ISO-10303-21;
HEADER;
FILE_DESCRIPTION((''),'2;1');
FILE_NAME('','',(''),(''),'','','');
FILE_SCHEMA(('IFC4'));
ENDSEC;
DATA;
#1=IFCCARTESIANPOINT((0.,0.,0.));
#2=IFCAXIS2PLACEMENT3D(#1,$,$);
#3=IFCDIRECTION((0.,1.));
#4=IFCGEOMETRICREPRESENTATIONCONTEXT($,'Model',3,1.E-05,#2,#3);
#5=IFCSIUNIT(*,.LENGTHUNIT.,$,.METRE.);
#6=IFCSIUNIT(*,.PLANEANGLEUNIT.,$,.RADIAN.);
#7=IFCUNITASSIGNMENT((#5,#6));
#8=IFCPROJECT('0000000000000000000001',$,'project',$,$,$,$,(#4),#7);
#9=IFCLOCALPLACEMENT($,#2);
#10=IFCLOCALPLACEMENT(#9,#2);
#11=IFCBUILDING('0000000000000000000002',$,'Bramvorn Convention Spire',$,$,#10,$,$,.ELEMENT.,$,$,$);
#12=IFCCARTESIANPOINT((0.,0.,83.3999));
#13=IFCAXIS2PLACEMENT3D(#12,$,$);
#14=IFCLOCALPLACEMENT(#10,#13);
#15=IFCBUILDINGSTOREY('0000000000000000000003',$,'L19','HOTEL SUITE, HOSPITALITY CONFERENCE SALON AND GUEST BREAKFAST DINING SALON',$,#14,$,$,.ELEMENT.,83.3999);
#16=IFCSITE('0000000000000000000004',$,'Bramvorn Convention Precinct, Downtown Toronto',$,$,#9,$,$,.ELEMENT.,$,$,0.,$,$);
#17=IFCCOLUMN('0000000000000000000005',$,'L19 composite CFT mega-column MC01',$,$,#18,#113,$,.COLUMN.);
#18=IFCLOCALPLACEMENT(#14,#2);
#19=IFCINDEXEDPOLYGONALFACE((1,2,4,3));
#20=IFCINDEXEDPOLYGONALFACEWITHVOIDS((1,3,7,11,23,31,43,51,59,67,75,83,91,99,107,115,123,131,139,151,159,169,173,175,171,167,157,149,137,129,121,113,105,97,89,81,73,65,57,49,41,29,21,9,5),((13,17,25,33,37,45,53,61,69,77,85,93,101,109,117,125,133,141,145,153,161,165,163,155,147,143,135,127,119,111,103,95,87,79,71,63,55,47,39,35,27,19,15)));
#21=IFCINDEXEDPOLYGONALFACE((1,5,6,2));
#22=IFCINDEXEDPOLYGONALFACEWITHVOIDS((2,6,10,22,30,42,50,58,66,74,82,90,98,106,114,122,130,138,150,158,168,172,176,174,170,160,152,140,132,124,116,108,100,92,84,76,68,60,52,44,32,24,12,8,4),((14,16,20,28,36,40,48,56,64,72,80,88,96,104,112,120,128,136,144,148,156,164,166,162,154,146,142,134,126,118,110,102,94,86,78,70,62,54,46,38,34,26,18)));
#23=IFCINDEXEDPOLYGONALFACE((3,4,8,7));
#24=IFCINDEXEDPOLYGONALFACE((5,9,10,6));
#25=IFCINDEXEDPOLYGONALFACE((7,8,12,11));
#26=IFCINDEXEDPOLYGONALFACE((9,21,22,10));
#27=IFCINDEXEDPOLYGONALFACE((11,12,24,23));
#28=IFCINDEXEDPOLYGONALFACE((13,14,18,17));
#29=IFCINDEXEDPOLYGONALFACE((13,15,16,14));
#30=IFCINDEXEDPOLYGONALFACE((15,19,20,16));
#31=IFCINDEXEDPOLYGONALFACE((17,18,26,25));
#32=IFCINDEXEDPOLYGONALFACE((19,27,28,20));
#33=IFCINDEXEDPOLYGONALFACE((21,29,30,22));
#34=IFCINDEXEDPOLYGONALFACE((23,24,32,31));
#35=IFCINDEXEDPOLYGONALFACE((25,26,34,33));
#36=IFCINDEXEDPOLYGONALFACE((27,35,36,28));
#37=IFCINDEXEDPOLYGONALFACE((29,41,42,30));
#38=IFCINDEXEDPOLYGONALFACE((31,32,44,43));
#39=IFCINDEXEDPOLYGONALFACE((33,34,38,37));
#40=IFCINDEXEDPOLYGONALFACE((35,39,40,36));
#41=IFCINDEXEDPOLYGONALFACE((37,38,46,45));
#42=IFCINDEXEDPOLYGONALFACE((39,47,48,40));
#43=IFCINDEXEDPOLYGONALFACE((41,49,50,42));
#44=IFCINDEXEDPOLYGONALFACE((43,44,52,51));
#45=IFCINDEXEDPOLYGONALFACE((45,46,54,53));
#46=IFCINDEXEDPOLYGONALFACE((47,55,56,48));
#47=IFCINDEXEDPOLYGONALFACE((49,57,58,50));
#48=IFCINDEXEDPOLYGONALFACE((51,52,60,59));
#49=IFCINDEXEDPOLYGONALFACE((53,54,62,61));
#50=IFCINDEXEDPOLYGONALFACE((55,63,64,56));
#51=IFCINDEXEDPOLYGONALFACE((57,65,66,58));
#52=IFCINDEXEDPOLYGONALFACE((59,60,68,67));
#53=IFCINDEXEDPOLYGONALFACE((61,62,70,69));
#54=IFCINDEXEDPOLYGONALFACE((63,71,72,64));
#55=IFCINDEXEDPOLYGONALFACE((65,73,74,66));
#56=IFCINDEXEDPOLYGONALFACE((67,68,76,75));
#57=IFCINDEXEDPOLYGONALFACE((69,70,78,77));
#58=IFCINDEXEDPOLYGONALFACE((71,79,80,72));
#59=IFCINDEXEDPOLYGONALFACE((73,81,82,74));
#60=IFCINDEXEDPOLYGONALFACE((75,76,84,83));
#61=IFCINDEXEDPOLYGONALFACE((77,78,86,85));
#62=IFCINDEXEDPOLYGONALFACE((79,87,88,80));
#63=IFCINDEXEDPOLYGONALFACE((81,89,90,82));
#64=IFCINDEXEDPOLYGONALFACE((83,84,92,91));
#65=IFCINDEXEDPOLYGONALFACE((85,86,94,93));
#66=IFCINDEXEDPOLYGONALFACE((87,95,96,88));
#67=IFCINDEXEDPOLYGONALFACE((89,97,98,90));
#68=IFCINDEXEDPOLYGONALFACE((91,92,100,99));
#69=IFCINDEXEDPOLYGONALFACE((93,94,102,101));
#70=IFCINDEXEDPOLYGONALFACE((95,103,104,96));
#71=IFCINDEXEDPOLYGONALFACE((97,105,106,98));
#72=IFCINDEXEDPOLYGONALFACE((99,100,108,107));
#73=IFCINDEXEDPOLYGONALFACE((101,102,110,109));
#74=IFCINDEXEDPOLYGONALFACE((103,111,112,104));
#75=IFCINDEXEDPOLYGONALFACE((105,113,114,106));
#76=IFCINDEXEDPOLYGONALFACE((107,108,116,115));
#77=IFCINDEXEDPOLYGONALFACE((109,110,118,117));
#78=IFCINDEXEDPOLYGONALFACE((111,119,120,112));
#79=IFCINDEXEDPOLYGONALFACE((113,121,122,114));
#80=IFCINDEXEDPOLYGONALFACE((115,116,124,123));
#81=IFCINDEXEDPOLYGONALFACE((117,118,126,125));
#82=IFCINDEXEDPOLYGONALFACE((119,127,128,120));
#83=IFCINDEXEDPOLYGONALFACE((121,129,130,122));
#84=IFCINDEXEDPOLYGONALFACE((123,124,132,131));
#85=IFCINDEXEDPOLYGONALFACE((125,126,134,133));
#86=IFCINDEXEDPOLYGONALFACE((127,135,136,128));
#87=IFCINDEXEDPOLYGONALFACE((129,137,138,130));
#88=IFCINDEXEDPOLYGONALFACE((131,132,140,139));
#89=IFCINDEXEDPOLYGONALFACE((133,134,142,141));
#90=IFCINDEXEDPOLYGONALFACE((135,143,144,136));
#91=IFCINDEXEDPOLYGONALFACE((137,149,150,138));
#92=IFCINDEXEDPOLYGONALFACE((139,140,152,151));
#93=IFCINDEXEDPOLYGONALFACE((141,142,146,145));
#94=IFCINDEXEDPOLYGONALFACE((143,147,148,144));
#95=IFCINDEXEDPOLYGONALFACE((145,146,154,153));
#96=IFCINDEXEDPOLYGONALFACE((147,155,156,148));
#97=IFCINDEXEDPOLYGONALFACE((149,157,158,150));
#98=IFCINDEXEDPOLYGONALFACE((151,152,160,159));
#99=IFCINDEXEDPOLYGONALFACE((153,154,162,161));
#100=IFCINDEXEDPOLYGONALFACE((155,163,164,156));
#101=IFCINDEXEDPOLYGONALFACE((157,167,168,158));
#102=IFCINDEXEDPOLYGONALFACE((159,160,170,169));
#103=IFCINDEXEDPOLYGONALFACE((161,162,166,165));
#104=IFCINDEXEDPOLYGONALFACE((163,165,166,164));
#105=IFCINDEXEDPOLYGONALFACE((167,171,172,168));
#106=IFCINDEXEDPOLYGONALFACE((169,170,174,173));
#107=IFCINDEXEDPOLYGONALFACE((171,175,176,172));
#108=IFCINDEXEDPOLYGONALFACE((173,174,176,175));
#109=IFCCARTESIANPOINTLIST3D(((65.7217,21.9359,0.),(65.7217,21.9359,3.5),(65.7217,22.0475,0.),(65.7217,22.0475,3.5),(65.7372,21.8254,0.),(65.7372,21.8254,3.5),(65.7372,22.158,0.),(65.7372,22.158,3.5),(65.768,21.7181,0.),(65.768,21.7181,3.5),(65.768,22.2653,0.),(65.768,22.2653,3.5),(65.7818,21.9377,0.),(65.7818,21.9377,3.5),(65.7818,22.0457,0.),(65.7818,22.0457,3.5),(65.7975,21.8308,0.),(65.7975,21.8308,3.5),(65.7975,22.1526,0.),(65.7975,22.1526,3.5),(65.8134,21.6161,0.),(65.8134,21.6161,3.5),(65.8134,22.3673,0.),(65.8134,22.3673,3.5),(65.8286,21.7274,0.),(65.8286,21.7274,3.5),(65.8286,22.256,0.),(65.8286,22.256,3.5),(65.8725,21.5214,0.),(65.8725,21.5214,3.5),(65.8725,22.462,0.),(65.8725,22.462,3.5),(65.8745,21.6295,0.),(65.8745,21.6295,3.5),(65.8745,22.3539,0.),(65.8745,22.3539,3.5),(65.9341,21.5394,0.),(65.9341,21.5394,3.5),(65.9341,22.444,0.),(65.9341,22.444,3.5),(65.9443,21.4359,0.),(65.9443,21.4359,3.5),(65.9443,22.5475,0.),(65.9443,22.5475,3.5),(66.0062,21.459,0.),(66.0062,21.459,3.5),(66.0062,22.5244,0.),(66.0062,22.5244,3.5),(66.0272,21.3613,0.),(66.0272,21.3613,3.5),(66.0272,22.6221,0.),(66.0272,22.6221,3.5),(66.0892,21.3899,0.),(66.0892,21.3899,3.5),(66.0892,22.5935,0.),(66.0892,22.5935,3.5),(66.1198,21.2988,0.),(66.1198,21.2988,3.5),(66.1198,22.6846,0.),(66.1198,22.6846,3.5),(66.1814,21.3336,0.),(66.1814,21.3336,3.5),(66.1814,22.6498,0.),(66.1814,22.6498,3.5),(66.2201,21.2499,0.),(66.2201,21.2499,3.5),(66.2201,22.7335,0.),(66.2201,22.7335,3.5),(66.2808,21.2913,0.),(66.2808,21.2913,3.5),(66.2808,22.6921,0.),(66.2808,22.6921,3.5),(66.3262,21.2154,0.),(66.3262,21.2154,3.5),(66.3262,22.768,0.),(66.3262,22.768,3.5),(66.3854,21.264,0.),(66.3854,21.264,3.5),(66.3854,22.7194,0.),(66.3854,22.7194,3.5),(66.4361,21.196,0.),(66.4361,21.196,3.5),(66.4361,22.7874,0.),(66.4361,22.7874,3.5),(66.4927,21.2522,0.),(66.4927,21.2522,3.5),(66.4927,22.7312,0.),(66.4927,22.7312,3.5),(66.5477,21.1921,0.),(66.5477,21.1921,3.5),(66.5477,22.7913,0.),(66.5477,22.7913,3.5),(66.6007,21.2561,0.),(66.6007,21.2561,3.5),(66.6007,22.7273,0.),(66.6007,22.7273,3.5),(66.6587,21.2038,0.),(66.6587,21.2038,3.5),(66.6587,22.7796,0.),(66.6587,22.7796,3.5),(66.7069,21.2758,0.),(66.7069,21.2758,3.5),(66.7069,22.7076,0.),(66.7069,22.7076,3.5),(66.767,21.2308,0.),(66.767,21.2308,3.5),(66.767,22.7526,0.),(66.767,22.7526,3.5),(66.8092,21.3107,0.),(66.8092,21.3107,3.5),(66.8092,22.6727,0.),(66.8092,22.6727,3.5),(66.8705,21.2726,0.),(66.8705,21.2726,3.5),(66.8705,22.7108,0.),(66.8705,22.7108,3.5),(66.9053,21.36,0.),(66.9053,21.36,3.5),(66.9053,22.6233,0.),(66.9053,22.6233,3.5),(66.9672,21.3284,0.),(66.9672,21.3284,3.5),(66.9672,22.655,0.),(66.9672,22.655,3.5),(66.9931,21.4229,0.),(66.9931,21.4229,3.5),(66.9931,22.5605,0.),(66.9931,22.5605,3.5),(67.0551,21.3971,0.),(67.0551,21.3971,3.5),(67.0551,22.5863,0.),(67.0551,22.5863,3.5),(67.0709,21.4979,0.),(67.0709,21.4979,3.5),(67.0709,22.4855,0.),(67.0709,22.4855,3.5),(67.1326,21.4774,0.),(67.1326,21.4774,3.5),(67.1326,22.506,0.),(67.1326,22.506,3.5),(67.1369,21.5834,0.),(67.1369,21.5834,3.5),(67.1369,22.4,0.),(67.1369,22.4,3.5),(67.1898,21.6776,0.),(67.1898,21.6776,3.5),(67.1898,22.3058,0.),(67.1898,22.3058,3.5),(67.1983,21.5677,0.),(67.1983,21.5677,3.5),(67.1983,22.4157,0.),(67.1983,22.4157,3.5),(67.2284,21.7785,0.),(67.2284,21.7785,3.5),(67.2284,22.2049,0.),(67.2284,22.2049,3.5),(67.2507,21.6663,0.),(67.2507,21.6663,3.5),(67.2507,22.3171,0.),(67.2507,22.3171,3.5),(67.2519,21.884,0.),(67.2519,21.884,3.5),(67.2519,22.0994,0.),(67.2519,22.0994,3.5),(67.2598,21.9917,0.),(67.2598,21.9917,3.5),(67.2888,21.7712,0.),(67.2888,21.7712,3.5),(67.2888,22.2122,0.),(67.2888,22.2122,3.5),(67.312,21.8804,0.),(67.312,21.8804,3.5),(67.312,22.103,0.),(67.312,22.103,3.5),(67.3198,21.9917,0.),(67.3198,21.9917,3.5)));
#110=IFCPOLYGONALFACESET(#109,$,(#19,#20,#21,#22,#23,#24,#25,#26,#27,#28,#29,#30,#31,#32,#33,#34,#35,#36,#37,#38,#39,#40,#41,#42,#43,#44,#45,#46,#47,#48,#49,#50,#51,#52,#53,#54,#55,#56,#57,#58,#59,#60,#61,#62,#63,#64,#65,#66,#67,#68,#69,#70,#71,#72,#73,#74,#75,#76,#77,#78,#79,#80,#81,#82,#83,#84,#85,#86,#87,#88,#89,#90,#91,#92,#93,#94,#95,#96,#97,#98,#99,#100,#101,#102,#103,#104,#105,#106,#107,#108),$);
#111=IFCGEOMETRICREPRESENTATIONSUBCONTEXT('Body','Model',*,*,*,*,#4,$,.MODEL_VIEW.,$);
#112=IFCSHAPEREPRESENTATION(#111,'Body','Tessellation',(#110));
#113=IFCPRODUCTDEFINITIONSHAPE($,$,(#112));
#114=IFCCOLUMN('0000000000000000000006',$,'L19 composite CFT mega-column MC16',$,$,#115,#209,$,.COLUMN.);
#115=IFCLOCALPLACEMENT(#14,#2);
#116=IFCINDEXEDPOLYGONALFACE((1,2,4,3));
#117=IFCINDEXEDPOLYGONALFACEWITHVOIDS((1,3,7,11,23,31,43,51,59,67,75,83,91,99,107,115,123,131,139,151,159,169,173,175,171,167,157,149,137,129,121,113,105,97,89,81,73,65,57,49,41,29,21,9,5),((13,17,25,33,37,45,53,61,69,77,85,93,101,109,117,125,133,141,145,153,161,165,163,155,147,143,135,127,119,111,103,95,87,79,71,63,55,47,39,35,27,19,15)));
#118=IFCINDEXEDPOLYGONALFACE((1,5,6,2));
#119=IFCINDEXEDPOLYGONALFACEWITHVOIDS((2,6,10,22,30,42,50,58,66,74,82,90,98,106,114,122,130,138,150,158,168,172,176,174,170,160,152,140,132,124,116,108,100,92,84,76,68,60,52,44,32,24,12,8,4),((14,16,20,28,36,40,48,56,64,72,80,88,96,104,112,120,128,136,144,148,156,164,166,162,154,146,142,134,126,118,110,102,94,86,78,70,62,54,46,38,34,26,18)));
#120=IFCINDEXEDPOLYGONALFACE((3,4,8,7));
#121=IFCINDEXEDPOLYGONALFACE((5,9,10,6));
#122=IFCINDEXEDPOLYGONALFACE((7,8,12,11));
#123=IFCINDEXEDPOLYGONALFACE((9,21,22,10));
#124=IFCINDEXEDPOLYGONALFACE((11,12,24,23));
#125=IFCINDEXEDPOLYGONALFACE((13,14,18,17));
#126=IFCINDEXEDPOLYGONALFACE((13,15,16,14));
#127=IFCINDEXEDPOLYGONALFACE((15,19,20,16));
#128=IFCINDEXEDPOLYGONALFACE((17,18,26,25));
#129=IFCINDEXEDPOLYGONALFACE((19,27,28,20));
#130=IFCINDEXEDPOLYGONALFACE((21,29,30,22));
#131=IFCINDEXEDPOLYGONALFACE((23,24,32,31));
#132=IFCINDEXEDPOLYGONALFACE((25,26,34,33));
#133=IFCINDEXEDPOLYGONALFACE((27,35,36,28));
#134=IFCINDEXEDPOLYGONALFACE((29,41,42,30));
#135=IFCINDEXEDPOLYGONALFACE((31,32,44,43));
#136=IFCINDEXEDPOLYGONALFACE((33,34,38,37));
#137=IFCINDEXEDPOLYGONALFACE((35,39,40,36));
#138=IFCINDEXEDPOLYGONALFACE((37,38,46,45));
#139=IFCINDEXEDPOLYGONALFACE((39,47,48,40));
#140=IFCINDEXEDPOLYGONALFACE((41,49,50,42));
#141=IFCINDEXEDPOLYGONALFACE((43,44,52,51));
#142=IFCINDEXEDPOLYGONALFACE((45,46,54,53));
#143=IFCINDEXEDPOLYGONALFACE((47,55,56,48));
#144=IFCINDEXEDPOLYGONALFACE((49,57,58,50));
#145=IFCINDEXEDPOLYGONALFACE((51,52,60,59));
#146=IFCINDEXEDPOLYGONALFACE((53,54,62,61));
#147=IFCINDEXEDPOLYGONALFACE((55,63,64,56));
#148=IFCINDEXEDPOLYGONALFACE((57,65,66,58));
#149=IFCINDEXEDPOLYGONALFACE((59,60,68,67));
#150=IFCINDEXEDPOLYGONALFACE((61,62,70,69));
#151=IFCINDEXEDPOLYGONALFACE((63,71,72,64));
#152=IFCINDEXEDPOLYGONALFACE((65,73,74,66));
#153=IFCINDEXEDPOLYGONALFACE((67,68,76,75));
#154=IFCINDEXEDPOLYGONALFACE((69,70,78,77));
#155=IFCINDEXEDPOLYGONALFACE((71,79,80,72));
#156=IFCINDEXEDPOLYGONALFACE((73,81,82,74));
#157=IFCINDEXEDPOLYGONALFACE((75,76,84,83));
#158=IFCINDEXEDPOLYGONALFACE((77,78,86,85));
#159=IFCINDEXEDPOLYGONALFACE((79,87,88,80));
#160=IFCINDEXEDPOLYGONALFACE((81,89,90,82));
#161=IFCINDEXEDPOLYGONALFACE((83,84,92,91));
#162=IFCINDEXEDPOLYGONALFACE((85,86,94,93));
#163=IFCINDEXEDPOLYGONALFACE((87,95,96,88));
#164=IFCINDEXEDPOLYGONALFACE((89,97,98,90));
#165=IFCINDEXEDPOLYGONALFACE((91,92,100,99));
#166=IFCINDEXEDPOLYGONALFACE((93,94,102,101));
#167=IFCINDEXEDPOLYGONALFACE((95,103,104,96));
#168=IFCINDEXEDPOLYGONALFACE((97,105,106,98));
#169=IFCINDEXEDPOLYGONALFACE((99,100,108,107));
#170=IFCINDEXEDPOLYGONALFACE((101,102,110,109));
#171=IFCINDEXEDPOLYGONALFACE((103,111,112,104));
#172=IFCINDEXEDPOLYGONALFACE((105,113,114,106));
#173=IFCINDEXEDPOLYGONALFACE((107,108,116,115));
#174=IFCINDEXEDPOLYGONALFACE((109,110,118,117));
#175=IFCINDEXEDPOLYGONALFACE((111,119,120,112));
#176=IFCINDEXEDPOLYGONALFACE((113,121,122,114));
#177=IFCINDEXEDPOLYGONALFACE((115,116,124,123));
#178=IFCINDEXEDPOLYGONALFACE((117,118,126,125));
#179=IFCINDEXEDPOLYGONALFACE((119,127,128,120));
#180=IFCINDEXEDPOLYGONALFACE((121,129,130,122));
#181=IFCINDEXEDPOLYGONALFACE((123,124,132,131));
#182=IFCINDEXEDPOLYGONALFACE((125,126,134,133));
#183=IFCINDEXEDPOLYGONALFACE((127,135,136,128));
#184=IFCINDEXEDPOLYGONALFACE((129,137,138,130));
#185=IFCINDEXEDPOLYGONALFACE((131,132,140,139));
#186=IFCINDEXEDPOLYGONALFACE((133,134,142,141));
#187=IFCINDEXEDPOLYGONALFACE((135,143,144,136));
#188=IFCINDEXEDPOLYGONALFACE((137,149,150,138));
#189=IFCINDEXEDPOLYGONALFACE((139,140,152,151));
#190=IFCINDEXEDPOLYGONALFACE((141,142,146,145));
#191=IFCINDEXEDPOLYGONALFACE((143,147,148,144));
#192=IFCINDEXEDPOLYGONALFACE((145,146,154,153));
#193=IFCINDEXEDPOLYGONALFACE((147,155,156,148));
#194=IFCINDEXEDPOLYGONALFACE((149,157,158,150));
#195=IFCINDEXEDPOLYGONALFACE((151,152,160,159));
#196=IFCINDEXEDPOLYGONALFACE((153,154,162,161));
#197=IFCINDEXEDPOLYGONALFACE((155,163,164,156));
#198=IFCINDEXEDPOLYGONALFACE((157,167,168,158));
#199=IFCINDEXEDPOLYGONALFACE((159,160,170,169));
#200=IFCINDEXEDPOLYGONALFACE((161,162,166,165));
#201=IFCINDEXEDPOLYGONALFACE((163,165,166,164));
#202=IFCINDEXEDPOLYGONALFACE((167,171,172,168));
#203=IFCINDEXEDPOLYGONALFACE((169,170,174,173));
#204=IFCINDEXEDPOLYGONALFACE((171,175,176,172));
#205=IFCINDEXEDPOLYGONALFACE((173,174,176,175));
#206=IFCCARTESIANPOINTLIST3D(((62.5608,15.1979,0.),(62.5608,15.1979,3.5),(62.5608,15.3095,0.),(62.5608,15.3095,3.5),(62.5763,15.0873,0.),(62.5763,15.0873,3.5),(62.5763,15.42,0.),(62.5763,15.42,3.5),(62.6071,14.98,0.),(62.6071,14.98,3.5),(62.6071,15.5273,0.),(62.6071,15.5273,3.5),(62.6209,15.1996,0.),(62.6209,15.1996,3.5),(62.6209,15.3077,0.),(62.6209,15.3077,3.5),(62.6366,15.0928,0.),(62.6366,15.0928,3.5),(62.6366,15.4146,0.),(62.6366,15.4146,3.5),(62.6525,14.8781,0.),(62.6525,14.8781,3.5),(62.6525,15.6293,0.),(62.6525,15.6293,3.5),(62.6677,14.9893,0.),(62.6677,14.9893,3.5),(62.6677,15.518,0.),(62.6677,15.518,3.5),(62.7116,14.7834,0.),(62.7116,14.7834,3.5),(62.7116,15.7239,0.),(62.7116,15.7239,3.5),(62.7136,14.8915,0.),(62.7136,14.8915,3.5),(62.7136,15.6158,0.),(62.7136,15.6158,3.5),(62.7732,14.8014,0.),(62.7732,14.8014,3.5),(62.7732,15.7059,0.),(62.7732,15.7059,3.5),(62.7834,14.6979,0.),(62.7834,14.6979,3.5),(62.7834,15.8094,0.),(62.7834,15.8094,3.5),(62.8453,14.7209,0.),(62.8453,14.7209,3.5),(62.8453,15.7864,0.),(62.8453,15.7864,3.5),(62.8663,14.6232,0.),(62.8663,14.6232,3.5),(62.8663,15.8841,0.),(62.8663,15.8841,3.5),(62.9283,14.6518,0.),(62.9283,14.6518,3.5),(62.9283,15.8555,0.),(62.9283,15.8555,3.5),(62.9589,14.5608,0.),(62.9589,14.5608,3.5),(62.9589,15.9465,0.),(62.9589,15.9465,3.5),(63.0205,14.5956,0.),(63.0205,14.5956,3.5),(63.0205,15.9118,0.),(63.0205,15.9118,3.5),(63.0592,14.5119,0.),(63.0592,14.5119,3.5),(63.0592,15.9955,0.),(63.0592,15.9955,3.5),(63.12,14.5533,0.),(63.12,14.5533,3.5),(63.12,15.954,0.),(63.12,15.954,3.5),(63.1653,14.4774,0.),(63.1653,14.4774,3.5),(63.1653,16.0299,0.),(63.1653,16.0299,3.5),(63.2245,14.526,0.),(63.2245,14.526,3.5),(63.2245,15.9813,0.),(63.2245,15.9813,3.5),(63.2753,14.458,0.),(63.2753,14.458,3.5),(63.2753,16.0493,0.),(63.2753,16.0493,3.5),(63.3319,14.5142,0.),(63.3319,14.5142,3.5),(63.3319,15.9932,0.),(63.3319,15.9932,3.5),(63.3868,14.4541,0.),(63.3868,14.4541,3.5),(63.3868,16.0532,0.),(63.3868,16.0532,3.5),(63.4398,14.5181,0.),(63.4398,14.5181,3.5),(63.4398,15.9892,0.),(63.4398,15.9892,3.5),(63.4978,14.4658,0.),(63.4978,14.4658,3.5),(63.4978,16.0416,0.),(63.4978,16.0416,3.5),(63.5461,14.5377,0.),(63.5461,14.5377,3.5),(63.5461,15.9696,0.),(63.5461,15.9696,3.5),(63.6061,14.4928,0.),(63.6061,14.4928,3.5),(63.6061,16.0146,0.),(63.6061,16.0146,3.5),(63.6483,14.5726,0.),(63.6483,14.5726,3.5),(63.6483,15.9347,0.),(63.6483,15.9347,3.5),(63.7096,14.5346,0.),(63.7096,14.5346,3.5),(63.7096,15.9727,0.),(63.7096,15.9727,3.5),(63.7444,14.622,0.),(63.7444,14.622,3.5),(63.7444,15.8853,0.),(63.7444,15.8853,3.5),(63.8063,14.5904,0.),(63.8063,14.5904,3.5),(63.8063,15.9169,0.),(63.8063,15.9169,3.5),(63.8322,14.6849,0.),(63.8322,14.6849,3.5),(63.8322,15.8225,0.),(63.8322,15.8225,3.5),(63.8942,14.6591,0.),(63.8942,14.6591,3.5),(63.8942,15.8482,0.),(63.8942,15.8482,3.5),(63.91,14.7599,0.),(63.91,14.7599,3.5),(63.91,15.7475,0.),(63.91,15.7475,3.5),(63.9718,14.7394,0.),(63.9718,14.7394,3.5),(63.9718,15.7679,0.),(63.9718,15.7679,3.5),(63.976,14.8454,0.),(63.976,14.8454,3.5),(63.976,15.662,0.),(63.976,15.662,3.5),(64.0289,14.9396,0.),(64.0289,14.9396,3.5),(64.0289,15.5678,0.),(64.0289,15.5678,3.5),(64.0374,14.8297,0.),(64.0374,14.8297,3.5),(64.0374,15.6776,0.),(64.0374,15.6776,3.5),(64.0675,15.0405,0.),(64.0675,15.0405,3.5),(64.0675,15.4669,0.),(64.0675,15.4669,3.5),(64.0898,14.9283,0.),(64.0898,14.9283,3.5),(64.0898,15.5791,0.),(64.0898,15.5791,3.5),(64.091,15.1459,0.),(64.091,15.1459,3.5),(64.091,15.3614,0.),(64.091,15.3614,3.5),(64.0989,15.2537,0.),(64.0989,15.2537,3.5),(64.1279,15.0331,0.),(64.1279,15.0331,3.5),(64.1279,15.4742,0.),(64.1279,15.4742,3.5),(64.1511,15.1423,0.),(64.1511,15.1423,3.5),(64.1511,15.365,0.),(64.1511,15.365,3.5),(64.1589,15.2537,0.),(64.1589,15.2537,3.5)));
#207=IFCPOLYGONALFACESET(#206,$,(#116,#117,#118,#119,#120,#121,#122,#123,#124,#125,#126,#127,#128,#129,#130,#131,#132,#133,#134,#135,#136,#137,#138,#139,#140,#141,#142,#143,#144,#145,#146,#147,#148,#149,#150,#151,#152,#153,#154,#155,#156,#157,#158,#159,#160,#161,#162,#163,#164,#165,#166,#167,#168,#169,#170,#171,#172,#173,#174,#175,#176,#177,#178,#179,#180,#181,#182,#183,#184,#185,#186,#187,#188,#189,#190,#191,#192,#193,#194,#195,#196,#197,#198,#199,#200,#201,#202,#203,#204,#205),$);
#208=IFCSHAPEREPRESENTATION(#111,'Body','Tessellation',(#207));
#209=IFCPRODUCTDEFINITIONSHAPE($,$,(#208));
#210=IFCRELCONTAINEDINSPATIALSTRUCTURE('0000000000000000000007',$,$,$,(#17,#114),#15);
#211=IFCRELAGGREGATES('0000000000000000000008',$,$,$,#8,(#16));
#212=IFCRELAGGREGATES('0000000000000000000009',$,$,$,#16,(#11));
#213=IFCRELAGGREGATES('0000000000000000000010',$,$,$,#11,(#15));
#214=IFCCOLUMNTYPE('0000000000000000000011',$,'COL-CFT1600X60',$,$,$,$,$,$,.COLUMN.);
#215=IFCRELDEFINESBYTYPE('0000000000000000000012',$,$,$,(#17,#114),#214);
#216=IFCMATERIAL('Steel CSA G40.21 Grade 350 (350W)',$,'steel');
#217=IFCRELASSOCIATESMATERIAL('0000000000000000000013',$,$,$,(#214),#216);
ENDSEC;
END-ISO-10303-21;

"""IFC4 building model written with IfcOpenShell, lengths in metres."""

from ifc_helpers import new_model, si_unit, direction, frame, origin, origin_2d, place, context, subcontext, project, spatial, hollow_circle, extrude, material, material_profile, profile_set, type_object, element, save


model = new_model("IFC4")

# Units and contexts
model_context = context("Model", 3, precision=1e-05, world=origin(), true_north=direction((0.0, 1.0)))
body_context = subcontext(model_context, "Body", "Model", "MODEL_VIEW")
ifc_project = project(units=[si_unit("LENGTHUNIT", "METRE"), si_unit("PLANEANGLEUNIT", "RADIAN")], contexts=[model_context])

# Site, building, storey
site_placement = place(None, origin())
site = spatial("IfcSite", under=ifc_project, at=site_placement, Name="Bramvorn Convention Precinct, Downtown Toronto", CompositionType="ELEMENT", RefElevation=0.0)
building_placement = place(site_placement, origin())
building = spatial("IfcBuilding", under=site, at=building_placement, Name="Bramvorn Convention Spire", CompositionType="ELEMENT")
storey_placement = place(building_placement, frame((0.0, 0.0, 83.3999)))
storey = spatial("IfcBuildingStorey", under=building, at=storey_placement, Name="L19", Description="HOTEL SUITE, HOSPITALITY CONFERENCE SALON AND GUEST BREAKFAST DINING SALON", CompositionType="ELEMENT", Elevation=83.3999)

# Columns
ifc_material_1 = material(Name="Steel CSA G40.21 Grade 350 (350W)", Category="steel")
ifc_material_profile_1 = material_profile(ifc_material_1, hollow_circle(Radius=0.8, WallThickness=0.0601, at=origin_2d()))
ifc_profile_set_1 = profile_set([ifc_material_profile_1], Name="Steel CSA G40.21 Grade 350 (350W) - CFT1600X60")
column_type = type_object("IfcColumnType", Name="COL-CFT1600X60", PredefinedType="COLUMN", material=ifc_profile_set_1)
for number, where, z_axis, x_axis, name in (
    (1, (66.5198, 21.9917, 0.0), (0.0, 0.0, 1.0), (1.0, 0.0, 0.0), "L19 composite CFT mega-column MC01"),
    (2, (63.3589, 15.2537, 0.0), (0.0, 0.0, 1.0), (1.0, 0.0, 0.0), "L19 composite CFT mega-column MC16"),
):
    element("IfcColumn", number, at=place(storey_placement, frame(where, z_axis=z_axis, x_axis=x_axis)), inside=storey, type_object=column_type, Name=name, PredefinedType="COLUMN", context=body_context, shape_type="SweptSolid", body=[
        extrude(hollow_circle(Radius=0.8, WallThickness=0.0601, at=origin_2d()), origin(), (0.0, 0.0, 1.0), 3.5),
    ])

save(model, "model.ifc")
